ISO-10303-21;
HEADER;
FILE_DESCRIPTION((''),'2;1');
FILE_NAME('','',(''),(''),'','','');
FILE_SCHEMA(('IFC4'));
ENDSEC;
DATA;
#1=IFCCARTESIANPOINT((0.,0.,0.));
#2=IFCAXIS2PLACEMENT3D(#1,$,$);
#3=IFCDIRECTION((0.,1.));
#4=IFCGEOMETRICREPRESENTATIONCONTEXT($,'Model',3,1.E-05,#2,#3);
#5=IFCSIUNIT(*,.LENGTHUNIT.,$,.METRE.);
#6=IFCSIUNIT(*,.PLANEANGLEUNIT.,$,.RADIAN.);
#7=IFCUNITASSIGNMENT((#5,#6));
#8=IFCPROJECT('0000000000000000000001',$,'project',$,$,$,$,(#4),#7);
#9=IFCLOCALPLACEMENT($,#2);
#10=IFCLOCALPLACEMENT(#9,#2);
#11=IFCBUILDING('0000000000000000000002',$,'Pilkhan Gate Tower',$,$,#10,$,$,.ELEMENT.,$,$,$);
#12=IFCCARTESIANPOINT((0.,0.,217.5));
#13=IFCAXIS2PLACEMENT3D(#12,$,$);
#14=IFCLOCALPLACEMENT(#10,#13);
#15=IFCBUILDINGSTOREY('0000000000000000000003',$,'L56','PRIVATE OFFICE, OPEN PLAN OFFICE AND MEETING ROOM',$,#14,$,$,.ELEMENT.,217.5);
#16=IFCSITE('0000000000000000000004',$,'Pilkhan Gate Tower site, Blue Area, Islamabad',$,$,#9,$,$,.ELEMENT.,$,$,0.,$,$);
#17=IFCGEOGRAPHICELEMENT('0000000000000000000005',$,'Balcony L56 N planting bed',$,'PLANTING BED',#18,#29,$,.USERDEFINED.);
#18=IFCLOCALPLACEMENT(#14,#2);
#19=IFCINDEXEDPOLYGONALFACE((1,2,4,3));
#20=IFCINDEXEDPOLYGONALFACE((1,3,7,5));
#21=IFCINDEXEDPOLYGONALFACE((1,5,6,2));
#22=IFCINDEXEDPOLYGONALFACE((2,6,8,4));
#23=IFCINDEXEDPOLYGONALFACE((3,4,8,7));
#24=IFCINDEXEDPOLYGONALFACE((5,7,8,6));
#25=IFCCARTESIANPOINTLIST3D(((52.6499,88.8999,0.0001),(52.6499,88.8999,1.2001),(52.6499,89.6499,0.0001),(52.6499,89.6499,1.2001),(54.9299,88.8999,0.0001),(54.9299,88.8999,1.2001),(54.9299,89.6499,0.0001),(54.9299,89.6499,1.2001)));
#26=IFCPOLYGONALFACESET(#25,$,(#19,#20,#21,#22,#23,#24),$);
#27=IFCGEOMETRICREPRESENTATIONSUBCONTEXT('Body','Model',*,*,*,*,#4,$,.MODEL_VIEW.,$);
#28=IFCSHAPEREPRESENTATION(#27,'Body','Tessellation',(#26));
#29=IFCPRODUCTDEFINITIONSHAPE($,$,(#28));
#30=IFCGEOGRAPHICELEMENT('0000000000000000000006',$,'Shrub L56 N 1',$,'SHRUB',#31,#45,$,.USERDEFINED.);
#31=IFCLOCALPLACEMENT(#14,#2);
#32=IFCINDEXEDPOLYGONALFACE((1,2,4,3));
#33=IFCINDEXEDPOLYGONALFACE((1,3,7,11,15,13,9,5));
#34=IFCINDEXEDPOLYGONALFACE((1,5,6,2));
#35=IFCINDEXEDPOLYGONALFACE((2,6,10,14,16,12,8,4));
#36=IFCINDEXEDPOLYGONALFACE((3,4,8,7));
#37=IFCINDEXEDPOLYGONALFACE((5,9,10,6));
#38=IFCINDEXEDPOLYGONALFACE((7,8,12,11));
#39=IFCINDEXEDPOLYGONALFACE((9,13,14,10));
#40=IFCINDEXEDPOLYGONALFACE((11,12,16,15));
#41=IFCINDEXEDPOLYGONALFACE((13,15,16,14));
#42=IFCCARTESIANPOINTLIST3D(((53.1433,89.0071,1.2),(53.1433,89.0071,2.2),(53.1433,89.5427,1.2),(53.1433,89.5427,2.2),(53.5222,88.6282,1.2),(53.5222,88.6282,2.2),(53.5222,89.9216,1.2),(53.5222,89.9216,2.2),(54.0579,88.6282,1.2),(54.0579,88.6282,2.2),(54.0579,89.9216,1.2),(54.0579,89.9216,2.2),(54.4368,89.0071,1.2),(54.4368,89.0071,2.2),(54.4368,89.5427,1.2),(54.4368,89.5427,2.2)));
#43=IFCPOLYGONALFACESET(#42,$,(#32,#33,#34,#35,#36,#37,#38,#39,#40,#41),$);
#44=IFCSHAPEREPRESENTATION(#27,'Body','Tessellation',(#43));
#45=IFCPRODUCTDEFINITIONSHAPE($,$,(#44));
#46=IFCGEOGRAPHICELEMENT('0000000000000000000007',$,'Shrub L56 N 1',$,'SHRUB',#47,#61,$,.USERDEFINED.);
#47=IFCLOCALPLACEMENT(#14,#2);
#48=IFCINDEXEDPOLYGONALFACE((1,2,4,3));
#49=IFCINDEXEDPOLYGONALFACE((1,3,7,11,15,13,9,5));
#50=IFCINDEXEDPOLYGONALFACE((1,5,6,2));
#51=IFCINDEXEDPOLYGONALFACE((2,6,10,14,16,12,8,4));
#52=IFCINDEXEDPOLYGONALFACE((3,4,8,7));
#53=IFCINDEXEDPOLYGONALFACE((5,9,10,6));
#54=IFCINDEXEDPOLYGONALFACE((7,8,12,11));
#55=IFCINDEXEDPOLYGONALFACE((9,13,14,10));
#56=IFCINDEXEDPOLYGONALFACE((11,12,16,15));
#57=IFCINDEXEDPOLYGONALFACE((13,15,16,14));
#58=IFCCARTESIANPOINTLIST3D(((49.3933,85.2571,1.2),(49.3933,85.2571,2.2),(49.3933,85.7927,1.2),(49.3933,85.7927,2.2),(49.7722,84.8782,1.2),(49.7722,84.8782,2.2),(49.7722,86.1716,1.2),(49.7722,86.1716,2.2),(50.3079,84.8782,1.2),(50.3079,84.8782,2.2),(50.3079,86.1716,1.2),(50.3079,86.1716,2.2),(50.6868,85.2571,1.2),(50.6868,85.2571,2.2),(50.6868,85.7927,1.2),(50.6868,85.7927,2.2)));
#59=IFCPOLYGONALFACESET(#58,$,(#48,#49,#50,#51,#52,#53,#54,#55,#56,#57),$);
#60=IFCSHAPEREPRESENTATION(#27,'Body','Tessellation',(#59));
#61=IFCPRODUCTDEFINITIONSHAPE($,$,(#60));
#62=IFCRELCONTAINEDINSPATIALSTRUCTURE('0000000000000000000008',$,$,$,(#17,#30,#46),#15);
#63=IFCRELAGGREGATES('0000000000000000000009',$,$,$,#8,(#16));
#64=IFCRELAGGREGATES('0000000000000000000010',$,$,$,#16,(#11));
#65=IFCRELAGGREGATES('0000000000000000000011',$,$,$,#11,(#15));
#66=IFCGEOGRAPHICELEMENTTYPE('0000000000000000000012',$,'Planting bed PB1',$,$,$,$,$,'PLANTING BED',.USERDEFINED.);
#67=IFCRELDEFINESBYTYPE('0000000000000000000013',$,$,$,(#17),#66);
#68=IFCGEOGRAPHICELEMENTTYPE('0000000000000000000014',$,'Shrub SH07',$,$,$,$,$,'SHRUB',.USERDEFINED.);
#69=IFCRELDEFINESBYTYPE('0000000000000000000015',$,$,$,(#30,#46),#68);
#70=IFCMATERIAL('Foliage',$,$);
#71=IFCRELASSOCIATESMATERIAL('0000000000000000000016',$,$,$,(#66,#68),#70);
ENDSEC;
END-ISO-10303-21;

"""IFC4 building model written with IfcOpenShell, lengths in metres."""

from ifc_helpers import new_model, si_unit, direction, frame, origin, origin_2d, place, context, subcontext, project, spatial, polyline, rectangle, outline, extrude, material, material_profile, profile_set, type_object, element, save


model = new_model("IFC4")

# Units and contexts
model_context = context("Model", 3, precision=1e-05, world=origin(), true_north=direction((0.0, 1.0)))
body_context = subcontext(model_context, "Body", "Model", "MODEL_VIEW")
ifc_project = project(units=[si_unit("LENGTHUNIT", "METRE"), si_unit("PLANEANGLEUNIT", "RADIAN")], contexts=[model_context])

# Site, building, storey
site_placement = place(None, origin())
site = spatial("IfcSite", under=ifc_project, at=site_placement, Name="Pilkhan Gate Tower site, Blue Area, Islamabad", CompositionType="ELEMENT", RefElevation=0.0)
building_placement = place(site_placement, origin())
building = spatial("IfcBuilding", under=site, at=building_placement, Name="Pilkhan Gate Tower", CompositionType="ELEMENT")
storey_placement = place(building_placement, frame((0.0, 0.0, 217.5)))
storey = spatial("IfcBuildingStorey", under=building, at=storey_placement, Name="L56", Description="PRIVATE OFFICE, OPEN PLAN OFFICE AND MEETING ROOM", CompositionType="ELEMENT", Elevation=217.5)

# Geographic elements
ifc_material_1 = material(Name="Foliage")
ifc_material_profile_1 = material_profile(ifc_material_1, rectangle(XDim=0.75, YDim=1.2, at=origin_2d()), Name="Bed 750x1200")
ifc_profile_set_1 = profile_set([ifc_material_profile_1], Name="Foliage")
geographic_element_type_1 = type_object("IfcGeographicElementType", Name="Planting bed PB1", ElementType="PLANTING BED", PredefinedType="USERDEFINED", material=ifc_profile_set_1)
geographic_element_placement = place(storey_placement, frame((52.6499, 89.2749, 0.6001), z_axis=(1.0, 0.0, 0.0), x_axis=(0.0, 1.0, 0.0)))
element("IfcGeographicElement", 1, at=geographic_element_placement, inside=storey, type_object=geographic_element_type_1, Name="Balcony L56 N planting bed", ObjectType="PLANTING BED", PredefinedType="USERDEFINED", context=body_context, shape_type="SweptSolid", body=[
    extrude(rectangle(XDim=0.75, YDim=1.2, at=origin_2d()), origin(), (0.0, 0.0, 1.0), 2.28),
])
ifc_material_profile_2 = material_profile(ifc_material_1, outline(polyline([(0.6467, 0.2678), (0.2678, 0.6467), (-0.2678, 0.6467), (-0.6467, 0.2678), (-0.6467, -0.2678), (-0.2678, -0.6467), (0.2678, -0.6467), (0.6467, -0.2678), (0.6467, 0.2678)])), Name="Shrub D1.4")
ifc_profile_set_2 = profile_set([ifc_material_profile_2], Name="Foliage")
geographic_element_type_2 = type_object("IfcGeographicElementType", Name="Shrub SH07", ElementType="SHRUB", PredefinedType="USERDEFINED", material=ifc_profile_set_2)
for number, where, z_axis, x_axis, name in (
    (2, (53.79, 89.2749, 1.2), (0.0, 0.0, 1.0), (1.0, 0.0, 0.0), "Shrub L56 N 1"),
    (3, (50.04, 85.5249, 1.2), (0.0, 0.0, 1.0), (1.0, 0.0, 0.0), "Shrub L56 N 1"),
):
    element("IfcGeographicElement", number, at=place(storey_placement, frame(where, z_axis=z_axis, x_axis=x_axis)), inside=storey, type_object=geographic_element_type_2, Name=name, ObjectType="SHRUB", PredefinedType="USERDEFINED", context=body_context, shape_type="SweptSolid", body=[
        extrude(outline(polyline([(0.6467, 0.2678), (0.2678, 0.6467), (-0.2678, 0.6467), (-0.6467, 0.2678), (-0.6467, -0.2678), (-0.2678, -0.6467), (0.2678, -0.6467), (0.6467, -0.2678), (0.6467, 0.2678)])), origin(), (0.0, 0.0, 1.0), 1.0),
    ])

save(model, "model.ifc")
